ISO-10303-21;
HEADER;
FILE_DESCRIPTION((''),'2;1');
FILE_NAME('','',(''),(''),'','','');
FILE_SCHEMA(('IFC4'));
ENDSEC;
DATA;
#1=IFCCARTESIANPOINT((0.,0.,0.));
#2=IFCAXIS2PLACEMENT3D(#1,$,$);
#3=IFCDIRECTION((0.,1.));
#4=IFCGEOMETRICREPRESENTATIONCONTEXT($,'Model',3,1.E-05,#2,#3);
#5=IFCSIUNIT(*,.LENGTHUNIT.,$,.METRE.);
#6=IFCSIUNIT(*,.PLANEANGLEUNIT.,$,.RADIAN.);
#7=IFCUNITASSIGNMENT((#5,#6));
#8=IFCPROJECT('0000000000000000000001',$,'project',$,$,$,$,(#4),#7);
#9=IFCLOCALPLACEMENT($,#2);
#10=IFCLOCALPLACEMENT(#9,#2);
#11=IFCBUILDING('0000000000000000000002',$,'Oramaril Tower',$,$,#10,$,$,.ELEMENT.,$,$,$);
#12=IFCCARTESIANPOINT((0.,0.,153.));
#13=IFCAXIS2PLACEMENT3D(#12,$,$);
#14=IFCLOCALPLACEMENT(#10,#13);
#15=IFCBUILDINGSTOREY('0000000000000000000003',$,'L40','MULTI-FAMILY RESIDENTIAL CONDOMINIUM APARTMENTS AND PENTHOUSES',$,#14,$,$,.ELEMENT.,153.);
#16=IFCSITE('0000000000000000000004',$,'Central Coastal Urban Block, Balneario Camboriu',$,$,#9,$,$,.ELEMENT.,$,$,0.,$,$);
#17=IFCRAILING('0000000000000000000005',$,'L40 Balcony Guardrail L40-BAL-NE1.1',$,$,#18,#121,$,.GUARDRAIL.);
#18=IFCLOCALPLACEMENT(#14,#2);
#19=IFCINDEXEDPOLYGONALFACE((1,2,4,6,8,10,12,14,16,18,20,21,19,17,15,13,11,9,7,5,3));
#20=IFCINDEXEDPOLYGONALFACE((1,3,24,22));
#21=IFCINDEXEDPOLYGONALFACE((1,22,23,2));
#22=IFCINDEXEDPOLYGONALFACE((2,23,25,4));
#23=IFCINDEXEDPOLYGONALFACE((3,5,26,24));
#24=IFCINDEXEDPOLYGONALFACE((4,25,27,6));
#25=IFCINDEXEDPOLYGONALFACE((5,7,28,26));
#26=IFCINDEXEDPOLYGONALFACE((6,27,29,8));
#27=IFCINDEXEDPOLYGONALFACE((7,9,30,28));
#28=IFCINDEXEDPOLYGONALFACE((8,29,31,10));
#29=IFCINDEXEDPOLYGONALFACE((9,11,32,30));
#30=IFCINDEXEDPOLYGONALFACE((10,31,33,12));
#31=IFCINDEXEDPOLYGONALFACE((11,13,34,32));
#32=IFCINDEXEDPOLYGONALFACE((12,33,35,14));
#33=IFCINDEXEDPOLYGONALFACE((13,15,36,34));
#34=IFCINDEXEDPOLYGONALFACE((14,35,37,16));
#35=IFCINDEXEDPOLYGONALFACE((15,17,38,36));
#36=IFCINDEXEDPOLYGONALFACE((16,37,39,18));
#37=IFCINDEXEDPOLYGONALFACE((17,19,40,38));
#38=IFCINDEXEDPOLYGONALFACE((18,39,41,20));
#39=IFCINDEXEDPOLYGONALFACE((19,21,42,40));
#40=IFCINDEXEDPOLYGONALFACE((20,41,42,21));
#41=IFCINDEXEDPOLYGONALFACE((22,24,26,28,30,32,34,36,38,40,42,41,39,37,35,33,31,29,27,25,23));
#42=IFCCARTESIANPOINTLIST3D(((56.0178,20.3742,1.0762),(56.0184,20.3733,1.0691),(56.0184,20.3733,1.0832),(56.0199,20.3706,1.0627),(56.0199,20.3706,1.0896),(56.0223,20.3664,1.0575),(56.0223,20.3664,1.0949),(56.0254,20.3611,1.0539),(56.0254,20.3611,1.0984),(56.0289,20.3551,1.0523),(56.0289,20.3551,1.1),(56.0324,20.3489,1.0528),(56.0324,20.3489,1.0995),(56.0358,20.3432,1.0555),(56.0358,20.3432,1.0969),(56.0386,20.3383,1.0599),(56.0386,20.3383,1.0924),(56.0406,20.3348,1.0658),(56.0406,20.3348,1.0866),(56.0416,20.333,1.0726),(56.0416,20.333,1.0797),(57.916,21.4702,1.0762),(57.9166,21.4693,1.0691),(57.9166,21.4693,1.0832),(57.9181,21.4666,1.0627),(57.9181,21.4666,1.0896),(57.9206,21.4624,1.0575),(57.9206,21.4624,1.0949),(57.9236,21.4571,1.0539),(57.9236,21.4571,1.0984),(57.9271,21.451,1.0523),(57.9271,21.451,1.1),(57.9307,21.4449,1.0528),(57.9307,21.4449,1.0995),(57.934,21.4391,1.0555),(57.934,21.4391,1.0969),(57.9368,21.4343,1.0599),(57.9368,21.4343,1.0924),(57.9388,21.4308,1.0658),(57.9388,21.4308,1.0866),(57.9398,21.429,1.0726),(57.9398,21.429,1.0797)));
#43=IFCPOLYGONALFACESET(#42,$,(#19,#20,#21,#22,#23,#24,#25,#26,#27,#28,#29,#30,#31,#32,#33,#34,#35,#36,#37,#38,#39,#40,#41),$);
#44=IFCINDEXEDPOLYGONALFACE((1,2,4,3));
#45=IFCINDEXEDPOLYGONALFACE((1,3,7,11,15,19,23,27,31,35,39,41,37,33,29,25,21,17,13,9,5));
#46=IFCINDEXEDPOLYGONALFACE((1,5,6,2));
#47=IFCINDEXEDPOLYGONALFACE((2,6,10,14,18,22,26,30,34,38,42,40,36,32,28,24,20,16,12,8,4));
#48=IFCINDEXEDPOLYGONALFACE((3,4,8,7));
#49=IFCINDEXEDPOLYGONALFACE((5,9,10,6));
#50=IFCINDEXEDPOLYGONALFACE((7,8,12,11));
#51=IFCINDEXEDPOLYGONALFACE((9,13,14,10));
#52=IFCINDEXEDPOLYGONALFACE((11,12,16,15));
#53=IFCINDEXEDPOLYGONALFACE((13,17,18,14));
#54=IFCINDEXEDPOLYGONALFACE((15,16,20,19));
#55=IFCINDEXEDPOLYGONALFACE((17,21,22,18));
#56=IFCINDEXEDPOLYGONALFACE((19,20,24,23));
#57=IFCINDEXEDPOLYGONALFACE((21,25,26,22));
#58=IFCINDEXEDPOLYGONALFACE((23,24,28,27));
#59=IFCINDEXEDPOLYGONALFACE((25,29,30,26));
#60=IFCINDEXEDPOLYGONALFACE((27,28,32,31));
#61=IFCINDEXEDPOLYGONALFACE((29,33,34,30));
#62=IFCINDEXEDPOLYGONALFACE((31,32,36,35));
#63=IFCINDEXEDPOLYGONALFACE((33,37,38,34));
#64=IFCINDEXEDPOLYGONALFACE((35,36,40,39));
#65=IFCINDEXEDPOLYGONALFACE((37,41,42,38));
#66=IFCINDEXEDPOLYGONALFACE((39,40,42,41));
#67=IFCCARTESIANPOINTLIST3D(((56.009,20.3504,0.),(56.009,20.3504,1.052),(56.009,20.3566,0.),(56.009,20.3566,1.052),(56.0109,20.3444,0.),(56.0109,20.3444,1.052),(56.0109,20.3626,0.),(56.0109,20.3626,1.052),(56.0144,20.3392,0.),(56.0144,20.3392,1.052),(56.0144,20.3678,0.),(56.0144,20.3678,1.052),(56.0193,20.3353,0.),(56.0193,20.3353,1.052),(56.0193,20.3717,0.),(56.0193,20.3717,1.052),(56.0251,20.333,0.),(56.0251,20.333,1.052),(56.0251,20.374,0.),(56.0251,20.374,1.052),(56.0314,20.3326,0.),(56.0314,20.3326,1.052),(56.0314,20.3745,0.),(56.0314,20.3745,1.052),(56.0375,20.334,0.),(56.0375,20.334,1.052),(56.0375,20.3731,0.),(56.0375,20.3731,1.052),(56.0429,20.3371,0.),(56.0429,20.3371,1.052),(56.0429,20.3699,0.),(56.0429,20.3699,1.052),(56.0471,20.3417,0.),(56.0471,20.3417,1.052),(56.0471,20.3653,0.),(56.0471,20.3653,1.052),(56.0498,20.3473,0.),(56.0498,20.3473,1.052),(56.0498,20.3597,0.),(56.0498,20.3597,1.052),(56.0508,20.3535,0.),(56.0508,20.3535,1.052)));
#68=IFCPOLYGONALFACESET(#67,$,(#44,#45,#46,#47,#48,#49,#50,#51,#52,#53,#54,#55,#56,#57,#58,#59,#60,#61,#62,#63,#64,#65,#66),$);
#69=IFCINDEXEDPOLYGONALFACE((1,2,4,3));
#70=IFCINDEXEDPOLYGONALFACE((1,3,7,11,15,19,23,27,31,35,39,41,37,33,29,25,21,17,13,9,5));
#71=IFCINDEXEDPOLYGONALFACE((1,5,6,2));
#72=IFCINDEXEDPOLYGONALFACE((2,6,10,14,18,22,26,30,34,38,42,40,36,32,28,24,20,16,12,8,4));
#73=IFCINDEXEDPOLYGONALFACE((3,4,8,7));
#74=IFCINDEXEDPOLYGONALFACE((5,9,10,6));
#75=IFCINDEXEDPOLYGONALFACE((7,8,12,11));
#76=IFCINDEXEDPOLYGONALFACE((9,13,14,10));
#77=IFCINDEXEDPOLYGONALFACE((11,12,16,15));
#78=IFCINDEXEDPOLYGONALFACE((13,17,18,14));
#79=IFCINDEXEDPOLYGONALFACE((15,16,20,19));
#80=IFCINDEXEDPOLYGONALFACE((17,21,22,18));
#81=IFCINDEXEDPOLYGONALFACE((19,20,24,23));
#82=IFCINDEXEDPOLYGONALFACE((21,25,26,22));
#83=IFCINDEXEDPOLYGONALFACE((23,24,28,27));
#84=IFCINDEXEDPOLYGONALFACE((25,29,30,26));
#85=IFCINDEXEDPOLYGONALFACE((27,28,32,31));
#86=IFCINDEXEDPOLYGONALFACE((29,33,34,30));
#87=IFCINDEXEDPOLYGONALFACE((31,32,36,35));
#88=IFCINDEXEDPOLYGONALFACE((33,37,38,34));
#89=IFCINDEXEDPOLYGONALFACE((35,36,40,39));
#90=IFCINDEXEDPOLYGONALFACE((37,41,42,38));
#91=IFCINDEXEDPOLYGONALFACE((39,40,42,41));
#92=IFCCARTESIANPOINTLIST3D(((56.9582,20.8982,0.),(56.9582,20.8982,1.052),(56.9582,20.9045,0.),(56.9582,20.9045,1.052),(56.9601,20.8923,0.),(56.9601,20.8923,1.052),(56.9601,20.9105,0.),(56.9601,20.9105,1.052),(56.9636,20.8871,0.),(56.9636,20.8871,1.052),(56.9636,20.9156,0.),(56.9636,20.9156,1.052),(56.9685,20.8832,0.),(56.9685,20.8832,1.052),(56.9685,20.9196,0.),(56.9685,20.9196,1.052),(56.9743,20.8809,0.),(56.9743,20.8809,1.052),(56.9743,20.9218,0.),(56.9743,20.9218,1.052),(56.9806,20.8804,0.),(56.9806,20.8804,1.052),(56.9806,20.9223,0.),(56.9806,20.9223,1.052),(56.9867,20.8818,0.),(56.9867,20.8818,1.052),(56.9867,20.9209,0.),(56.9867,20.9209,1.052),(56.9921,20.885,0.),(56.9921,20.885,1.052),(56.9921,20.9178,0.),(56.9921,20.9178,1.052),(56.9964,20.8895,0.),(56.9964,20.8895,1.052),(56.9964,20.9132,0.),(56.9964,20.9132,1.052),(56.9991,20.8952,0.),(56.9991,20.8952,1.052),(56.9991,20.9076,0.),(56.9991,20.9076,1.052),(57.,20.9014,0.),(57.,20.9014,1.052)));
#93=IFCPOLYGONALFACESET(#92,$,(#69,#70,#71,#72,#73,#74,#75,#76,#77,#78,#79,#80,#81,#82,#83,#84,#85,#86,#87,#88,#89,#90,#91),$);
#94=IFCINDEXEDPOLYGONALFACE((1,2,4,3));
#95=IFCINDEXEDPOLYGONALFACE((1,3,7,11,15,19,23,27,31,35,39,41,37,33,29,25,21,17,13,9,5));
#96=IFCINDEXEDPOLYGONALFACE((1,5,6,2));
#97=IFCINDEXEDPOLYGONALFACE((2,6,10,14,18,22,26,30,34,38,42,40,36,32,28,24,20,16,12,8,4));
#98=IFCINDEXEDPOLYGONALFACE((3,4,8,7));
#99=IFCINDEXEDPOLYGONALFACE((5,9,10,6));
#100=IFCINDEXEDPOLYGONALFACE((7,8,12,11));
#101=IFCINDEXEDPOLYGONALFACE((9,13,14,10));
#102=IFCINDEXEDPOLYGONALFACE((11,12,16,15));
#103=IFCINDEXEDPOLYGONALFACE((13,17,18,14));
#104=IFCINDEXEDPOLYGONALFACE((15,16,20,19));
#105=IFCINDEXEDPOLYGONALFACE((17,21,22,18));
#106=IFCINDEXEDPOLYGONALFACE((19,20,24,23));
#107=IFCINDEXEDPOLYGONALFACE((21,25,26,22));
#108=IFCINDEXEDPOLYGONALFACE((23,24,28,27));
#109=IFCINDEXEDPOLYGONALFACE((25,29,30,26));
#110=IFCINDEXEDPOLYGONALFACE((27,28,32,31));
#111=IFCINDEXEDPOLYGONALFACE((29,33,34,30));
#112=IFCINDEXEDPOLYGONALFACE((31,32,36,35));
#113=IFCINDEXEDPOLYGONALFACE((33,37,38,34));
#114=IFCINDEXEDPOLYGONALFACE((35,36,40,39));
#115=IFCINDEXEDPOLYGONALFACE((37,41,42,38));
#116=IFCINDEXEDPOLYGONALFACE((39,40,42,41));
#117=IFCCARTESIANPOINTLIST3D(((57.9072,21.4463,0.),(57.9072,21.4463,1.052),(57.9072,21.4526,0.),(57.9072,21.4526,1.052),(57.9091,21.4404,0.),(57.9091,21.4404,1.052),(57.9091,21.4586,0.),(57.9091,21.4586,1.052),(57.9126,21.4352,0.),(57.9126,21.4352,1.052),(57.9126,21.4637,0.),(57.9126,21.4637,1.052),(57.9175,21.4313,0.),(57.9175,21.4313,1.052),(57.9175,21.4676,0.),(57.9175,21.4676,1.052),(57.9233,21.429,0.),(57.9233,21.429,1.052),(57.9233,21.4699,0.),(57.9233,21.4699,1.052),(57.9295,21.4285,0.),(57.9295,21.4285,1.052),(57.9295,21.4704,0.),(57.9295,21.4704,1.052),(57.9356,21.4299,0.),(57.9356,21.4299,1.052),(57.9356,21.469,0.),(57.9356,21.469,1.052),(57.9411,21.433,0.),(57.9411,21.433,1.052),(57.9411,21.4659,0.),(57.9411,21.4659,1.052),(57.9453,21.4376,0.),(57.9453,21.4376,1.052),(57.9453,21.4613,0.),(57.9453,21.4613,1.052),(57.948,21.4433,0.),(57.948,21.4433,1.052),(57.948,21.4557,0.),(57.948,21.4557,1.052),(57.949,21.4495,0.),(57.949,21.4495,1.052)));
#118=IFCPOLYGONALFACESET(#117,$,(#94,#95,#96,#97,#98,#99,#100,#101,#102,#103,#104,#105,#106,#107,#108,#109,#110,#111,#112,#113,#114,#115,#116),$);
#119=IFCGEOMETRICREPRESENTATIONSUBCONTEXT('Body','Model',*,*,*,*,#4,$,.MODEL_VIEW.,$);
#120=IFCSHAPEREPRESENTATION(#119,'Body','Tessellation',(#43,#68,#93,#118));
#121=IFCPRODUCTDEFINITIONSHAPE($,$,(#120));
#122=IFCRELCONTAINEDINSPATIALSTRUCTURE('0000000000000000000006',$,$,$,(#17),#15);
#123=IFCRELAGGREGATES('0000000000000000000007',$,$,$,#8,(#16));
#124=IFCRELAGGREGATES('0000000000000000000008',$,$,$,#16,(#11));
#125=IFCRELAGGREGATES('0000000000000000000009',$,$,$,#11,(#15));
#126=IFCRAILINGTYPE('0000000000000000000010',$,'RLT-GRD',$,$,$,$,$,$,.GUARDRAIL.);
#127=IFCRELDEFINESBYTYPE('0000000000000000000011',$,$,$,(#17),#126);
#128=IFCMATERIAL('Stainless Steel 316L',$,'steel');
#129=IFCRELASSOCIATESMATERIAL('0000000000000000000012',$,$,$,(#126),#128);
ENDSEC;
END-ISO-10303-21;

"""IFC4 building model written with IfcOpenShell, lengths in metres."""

from ifc_helpers import new_model, si_unit, direction, frame, origin, origin_2d, place, context, subcontext, project, spatial, circle, extrude, material, type_object, element, save


model = new_model("IFC4")

# Units and contexts
model_context = context("Model", 3, precision=1e-05, world=origin(), true_north=direction((0.0, 1.0)))
body_context = subcontext(model_context, "Body", "Model", "MODEL_VIEW")
ifc_project = project(units=[si_unit("LENGTHUNIT", "METRE"), si_unit("PLANEANGLEUNIT", "RADIAN")], contexts=[model_context])

# Site, building, storey
site_placement = place(None, origin())
site = spatial("IfcSite", under=ifc_project, at=site_placement, Name="Central Coastal Urban Block, Balneario Camboriu", CompositionType="ELEMENT", RefElevation=0.0)
building_placement = place(site_placement, origin())
building = spatial("IfcBuilding", under=site, at=building_placement, Name="Oramaril Tower", CompositionType="ELEMENT")
storey_placement = place(building_placement, frame((0.0, 0.0, 153.0)))
storey = spatial("IfcBuildingStorey", under=building, at=storey_placement, Name="L40", Description="MULTI-FAMILY RESIDENTIAL CONDOMINIUM APARTMENTS AND PENTHOUSES", CompositionType="ELEMENT", Elevation=153.0)

# Railing
ifc_material_1 = material(Name="Stainless Steel 316L", Category="steel")
railing_type = type_object("IfcRailingType", Name="RLT-GRD", PredefinedType="GUARDRAIL", material=ifc_material_1)
railing_1_placement = place(storey_placement, frame((56.0298, 20.3535, 0.0)))
element("IfcRailing", 1, at=railing_1_placement, inside=storey, type_object=railing_type, Name="L40 Balcony Guardrail L40-BAL-NE1.1", PredefinedType="GUARDRAIL", context=body_context, shape_type="SweptSolid", body=[
    extrude(circle(Radius=0.0239, at=origin_2d()), frame((0.0, 0.0, 1.0762), z_axis=(0.866021, 0.500008, 0.0), x_axis=(-0.500008, 0.866021, 0.0)), (0.0, 0.0, 1.0), 2.1919),
    extrude(circle(Radius=0.021, at=origin_2d()), origin(), (0.0, 0.0, 1.0), 1.052),
    extrude(circle(Radius=0.021, at=origin_2d()), frame((0.9492, 0.5479, 0.0)), (0.0, 0.0, 1.0), 1.052),
    extrude(circle(Radius=0.021, at=origin_2d()), frame((1.8982, 1.0959, 0.0)), (0.0, 0.0, 1.0), 1.052),
])

save(model, "model.ifc")
